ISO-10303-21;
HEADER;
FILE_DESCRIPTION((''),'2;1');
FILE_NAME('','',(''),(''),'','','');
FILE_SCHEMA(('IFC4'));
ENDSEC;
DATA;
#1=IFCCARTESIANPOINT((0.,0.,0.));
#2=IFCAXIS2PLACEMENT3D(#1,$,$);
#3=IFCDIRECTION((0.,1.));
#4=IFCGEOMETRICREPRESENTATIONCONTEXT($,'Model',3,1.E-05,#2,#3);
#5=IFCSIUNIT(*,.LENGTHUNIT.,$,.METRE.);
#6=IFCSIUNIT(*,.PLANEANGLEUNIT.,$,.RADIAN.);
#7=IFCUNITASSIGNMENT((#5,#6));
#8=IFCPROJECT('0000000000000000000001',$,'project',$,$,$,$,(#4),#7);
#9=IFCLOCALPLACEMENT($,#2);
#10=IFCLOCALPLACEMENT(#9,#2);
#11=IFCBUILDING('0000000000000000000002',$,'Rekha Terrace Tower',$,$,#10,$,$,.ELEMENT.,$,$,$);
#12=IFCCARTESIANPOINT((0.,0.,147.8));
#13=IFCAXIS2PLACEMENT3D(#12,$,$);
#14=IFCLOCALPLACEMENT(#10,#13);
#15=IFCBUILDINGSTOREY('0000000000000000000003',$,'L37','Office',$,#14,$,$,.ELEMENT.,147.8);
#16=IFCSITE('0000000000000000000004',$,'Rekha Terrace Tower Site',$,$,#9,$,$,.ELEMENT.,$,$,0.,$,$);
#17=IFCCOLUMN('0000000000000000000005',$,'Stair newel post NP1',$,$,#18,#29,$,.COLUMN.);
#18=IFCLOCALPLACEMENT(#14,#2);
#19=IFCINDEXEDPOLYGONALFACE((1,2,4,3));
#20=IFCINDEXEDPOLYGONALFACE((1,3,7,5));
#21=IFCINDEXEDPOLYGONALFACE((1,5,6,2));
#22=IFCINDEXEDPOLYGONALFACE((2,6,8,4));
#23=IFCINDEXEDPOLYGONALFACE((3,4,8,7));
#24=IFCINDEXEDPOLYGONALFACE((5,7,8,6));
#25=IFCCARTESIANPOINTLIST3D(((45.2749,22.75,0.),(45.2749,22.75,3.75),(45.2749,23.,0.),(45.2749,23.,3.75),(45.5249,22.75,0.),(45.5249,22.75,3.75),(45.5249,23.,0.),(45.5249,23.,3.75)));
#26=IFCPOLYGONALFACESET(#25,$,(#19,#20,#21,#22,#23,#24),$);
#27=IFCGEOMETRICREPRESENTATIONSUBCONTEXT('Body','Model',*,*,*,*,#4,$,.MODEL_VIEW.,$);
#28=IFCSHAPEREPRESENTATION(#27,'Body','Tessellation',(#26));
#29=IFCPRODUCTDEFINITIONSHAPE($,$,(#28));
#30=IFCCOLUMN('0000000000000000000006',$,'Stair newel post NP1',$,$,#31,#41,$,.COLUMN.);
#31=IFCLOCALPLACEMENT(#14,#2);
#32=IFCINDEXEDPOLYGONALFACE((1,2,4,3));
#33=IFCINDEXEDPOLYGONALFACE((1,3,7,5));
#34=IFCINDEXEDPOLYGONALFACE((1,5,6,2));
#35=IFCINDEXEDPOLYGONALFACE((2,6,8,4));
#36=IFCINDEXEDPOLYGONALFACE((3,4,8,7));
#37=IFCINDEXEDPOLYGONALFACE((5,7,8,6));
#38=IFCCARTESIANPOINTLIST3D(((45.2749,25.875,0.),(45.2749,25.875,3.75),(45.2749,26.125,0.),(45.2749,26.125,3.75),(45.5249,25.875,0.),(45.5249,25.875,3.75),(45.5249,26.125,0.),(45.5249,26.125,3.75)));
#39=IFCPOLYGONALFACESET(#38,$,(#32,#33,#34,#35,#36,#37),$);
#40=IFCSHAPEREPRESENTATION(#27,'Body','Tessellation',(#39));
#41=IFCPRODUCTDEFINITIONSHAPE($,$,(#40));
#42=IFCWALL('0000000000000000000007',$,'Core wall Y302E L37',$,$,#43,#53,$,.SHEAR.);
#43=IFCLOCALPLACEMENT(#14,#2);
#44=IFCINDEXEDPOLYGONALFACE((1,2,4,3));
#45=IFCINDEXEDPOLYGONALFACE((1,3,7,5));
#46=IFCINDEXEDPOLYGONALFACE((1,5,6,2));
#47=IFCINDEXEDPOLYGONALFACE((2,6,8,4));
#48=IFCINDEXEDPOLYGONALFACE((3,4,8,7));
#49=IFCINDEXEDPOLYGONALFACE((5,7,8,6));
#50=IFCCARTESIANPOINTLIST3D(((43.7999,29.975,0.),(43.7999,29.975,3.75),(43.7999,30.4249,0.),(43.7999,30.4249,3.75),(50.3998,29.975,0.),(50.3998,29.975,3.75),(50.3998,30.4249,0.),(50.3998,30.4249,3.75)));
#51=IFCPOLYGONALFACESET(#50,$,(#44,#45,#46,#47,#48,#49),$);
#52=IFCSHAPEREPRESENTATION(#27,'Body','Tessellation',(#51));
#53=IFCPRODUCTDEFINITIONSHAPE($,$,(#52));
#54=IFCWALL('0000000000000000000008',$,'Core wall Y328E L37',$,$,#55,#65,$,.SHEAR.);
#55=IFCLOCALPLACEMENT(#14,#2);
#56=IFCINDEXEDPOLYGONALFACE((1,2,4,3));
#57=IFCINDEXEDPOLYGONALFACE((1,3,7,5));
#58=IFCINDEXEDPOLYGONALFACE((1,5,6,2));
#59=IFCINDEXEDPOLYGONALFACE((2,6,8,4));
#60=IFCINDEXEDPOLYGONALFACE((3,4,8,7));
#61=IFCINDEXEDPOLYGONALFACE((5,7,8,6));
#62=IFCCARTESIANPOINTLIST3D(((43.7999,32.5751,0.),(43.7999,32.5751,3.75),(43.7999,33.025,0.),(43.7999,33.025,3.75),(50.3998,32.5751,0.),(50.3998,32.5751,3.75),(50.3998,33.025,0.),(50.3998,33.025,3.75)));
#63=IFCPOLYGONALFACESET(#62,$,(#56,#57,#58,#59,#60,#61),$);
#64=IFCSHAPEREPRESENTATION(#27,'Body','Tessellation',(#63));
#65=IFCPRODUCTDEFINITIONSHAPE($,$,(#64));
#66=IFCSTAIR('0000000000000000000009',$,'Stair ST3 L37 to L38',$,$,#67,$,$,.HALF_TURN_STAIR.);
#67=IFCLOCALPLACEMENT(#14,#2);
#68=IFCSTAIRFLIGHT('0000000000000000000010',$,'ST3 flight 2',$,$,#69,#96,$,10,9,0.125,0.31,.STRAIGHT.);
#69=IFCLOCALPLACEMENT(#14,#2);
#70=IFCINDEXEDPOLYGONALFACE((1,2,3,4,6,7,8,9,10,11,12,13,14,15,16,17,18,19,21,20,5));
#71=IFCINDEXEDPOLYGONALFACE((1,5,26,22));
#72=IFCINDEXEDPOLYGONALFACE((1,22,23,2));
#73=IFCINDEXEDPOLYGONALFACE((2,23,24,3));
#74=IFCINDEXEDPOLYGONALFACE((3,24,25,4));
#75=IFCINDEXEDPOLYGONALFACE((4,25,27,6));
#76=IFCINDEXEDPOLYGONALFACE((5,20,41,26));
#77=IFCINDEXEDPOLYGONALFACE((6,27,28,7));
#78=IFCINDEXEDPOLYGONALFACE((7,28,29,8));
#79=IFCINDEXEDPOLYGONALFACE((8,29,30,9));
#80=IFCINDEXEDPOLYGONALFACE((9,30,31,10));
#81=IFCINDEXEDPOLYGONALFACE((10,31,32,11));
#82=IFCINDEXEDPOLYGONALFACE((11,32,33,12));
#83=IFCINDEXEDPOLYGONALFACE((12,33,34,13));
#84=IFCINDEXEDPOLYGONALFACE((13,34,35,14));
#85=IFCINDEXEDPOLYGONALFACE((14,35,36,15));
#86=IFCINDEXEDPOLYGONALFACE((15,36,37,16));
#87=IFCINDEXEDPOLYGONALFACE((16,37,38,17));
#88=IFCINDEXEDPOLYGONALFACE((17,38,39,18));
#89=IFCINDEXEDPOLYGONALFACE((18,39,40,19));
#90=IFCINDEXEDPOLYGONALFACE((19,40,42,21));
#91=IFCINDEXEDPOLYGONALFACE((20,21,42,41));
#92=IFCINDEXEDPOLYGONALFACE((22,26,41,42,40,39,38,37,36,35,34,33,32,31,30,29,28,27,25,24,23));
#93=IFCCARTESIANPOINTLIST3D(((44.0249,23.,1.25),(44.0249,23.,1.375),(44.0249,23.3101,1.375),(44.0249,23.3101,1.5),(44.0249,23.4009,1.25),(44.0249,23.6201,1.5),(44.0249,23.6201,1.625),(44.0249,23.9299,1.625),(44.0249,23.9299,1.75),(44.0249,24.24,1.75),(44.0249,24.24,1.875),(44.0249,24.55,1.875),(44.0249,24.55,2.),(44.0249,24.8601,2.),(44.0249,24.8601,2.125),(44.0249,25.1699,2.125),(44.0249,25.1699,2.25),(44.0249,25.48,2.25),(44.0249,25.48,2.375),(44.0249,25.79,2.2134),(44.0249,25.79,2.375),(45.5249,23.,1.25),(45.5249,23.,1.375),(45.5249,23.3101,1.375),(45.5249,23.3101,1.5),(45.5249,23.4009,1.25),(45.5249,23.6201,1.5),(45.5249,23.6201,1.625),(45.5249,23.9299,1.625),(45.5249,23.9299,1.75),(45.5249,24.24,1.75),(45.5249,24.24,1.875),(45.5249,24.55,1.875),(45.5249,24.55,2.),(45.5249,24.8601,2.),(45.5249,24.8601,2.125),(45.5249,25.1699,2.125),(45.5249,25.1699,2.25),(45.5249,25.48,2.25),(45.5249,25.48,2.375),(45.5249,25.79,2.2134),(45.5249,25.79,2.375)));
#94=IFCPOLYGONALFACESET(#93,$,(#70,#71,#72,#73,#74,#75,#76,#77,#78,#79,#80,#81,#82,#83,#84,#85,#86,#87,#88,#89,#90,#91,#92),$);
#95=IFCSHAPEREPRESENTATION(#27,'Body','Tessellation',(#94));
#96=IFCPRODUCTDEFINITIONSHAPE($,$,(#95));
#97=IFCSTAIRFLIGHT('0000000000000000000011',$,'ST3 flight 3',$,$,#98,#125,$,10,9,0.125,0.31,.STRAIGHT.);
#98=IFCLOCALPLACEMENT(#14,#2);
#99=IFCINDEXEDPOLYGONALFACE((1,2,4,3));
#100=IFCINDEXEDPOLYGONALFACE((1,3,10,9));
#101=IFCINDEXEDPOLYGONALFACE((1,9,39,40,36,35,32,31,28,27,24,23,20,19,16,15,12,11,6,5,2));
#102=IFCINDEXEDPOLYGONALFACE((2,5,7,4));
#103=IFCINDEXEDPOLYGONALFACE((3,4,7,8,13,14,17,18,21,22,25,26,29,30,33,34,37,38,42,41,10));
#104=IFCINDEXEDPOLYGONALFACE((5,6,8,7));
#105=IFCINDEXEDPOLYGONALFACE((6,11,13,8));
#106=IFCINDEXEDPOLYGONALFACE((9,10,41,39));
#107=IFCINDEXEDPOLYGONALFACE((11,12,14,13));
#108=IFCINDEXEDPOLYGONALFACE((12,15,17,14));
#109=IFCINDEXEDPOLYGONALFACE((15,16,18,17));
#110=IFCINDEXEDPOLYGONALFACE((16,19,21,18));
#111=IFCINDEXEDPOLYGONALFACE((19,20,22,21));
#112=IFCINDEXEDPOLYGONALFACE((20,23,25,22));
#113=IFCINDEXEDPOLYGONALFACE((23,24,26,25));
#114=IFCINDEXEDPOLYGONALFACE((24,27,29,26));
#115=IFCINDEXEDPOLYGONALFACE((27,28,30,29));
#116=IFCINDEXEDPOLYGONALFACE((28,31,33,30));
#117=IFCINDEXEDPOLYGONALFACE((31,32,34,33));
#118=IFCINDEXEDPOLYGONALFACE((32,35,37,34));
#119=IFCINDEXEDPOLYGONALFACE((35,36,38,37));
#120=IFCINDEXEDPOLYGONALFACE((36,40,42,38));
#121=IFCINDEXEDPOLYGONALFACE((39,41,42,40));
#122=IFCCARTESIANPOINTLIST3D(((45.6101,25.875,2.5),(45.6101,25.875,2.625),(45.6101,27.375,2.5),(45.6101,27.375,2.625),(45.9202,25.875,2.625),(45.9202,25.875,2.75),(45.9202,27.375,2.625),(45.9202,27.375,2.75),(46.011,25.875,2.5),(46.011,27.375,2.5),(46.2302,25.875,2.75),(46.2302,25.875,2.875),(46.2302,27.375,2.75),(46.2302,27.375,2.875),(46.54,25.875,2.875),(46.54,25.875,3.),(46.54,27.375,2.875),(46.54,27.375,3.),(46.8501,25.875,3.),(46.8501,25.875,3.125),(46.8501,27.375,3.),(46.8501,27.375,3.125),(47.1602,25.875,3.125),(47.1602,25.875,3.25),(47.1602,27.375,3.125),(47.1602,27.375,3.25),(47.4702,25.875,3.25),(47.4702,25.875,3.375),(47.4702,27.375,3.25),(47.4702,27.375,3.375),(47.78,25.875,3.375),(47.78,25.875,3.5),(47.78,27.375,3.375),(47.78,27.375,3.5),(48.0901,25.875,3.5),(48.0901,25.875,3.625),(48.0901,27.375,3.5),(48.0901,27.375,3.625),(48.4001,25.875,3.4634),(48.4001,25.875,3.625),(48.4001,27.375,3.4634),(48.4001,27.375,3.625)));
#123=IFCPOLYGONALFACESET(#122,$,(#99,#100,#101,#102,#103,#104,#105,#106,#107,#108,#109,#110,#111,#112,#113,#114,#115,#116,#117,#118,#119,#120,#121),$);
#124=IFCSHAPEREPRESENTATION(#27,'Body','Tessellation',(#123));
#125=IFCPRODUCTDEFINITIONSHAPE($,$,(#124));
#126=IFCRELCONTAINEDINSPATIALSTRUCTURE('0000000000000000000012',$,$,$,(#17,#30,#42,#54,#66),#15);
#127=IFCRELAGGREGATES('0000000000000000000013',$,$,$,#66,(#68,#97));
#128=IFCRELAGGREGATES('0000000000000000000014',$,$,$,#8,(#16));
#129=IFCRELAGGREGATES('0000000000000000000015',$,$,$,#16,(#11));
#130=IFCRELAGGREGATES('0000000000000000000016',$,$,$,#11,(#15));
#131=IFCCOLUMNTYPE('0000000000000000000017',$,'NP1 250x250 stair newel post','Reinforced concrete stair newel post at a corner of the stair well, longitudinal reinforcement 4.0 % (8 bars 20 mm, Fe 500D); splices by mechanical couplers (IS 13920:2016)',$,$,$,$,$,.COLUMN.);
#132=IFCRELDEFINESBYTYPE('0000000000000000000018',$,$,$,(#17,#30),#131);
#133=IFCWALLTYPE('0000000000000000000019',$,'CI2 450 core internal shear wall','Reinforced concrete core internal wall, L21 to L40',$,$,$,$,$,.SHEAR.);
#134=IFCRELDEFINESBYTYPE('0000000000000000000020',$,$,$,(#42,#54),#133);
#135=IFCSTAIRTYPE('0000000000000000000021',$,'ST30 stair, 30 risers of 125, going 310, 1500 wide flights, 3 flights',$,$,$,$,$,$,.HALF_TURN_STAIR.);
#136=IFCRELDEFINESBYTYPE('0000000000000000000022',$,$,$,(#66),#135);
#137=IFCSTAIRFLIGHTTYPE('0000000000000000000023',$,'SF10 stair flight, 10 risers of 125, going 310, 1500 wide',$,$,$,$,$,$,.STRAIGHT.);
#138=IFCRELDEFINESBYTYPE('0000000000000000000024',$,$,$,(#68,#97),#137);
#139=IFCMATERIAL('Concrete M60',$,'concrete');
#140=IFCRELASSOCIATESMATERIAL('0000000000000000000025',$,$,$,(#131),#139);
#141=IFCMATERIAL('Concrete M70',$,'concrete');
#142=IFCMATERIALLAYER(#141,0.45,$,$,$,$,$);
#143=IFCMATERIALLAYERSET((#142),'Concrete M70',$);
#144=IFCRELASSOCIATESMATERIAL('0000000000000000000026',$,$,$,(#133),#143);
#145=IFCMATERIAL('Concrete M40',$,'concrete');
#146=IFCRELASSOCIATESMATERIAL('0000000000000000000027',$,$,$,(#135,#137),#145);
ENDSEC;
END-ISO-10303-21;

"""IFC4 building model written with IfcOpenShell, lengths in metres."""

from ifc_helpers import new_model, si_unit, direction, frame, frame_2d, origin, origin_2d, place, context, subcontext, project, spatial, polyline, rectangle, outline, extrude, material, layer, layer_set, material_profile, profile_set, type_object, element, aggregate, save


model = new_model("IFC4")

# Units and contexts
model_context = context("Model", 3, precision=1e-05, world=origin(), true_north=direction((0.0, 1.0)))
body_context = subcontext(model_context, "Body", "Model", "MODEL_VIEW")
ifc_project = project(units=[si_unit("LENGTHUNIT", "METRE"), si_unit("PLANEANGLEUNIT", "RADIAN")], contexts=[model_context])

# Site, building, storey
site_placement = place(None, origin())
site = spatial("IfcSite", under=ifc_project, at=site_placement, Name="Rekha Terrace Tower Site", CompositionType="ELEMENT", RefElevation=0.0)
building_placement = place(site_placement, origin())
building = spatial("IfcBuilding", under=site, at=building_placement, Name="Rekha Terrace Tower", CompositionType="ELEMENT")
storey_placement = place(building_placement, frame((0.0, 0.0, 147.8)))
storey = spatial("IfcBuildingStorey", under=building, at=storey_placement, Name="L37", Description="Office", CompositionType="ELEMENT", Elevation=147.8)

# Columns
ifc_material_1 = material(Name="Concrete M60", Category="concrete")
ifc_material_profile = material_profile(ifc_material_1, rectangle(XDim=0.25, YDim=0.25, at=origin_2d()), Name="RC 250x250")
ifc_profile_set = profile_set([ifc_material_profile], Name="Concrete M60")
column_type = type_object("IfcColumnType", Name="NP1 250x250 stair newel post", Description="Reinforced concrete stair newel post at a corner of the stair well, longitudinal reinforcement 4.0 % (8 bars 20 mm, Fe 500D); splices by mechanical couplers (IS 13920:2016)", PredefinedType="COLUMN", material=ifc_profile_set)
for number, where, z_axis, x_axis, name in (
    (1, (45.3999, 22.875, 0.0), (0.0, 0.0, 1.0), (1.0, 0.0, 0.0), "Stair newel post NP1"),
    (2, (45.3999, 26.0, 0.0), (0.0, 0.0, 1.0), (1.0, 0.0, 0.0), "Stair newel post NP1"),
):
    element("IfcColumn", number, at=place(storey_placement, frame(where, z_axis=z_axis, x_axis=x_axis)), inside=storey, type_object=column_type, Name=name, PredefinedType="COLUMN", context=body_context, shape_type="SweptSolid", body=[
        extrude(rectangle(XDim=0.25, YDim=0.25, at=origin_2d()), origin(), (0.0, 0.0, 1.0), 3.75),
    ])

# Walls
ifc_material_2 = material(Name="Concrete M70", Category="concrete")
ifc_layer = layer(ifc_material_2, 0.45)
ifc_layer_set = layer_set([ifc_layer], Name="Concrete M70")
wall_type = type_object("IfcWallType", Name="CI2 450 core internal shear wall", Description="Reinforced concrete core internal wall, L21 to L40", PredefinedType="SHEAR", material=ifc_layer_set)
for number, where, z_axis, x_axis, name in (
    (3, (43.8, 30.2, 0.0), (0.0, 0.0, 1.0), (1.0, 0.0, 0.0), "Core wall Y302E L37"),
    (4, (43.8, 32.8, 0.0), (0.0, 0.0, 1.0), (1.0, 0.0, 0.0), "Core wall Y328E L37"),
):
    element("IfcWall", number, at=place(storey_placement, frame(where, z_axis=z_axis, x_axis=x_axis)), inside=storey, type_object=wall_type, Name=name, PredefinedType="SHEAR", context=body_context, shape_type="SweptSolid", body=[
        extrude(rectangle(XDim=6.5999, YDim=0.45, at=frame_2d((3.2998, 0.0))), origin(), (0.0, 0.0, 1.0), 3.75),
    ])

# Stair, stair flights
ifc_material_3 = material(Name="Concrete M40", Category="concrete")
stair_type = type_object("IfcStairType", Name="ST30 stair, 30 risers of 125, going 310, 1500 wide flights, 3 flights", PredefinedType="HALF_TURN_STAIR", material=ifc_material_3)
stair_placement = place(storey_placement, origin())
stair = element("IfcStair", 5, at=stair_placement, inside=storey, type_object=stair_type, Name="Stair ST3 L37 to L38", PredefinedType="HALF_TURN_STAIR")
stair_flight_type = type_object("IfcStairFlightType", Name="SF10 stair flight, 10 risers of 125, going 310, 1500 wide", PredefinedType="STRAIGHT", material=ifc_material_3)
stair_flight_1_placement = place(storey_placement, frame((44.7749, 23.0, 1.25), z_axis=(0.0, 0.0, 1.0), x_axis=(0.0, 1.0, 0.0)))
stair_flight_1 = element("IfcStairFlight", 6, at=stair_flight_1_placement, type_object=stair_flight_type, Name="ST3 flight 2", NumberOfRisers=10, NumberOfTreads=9, PredefinedType="STRAIGHT", RiserHeight=0.125, TreadLength=0.31, context=body_context, shape_type="SweptSolid", body=[
    extrude(outline(polyline([(0.0, 0.0), (0.0, 0.125), (0.3101, 0.125), (0.3101, 0.25), (0.6201, 0.25), (0.6201, 0.375), (0.9299, 0.375), (0.9299, 0.5), (1.24, 0.5), (1.24, 0.625), (1.55, 0.625), (1.55, 0.75), (1.8601, 0.75), (1.8601, 0.875), (2.1699, 0.875), (2.1699, 1.0), (2.48, 1.0), (2.48, 1.125), (2.79, 1.125), (2.79, 1.25), (2.79, 0.9634), (0.4009, 0.0), (0.0, 0.0)])), frame((0.0, 0.75, 0.0), z_axis=(0.0, -1.0, 0.0), x_axis=(1.0, 0.0, 0.0)), (0.0, 0.0, 1.0), 1.5),
])
stair_flight_2_placement = place(storey_placement, frame((45.6101, 26.625, 2.5), z_axis=(0.0, 0.0, 1.0), x_axis=(1.0, 0.0, 0.0)))
stair_flight_2 = element("IfcStairFlight", 7, at=stair_flight_2_placement, type_object=stair_flight_type, Name="ST3 flight 3", NumberOfRisers=10, NumberOfTreads=9, PredefinedType="STRAIGHT", RiserHeight=0.125, TreadLength=0.31, context=body_context, shape_type="SweptSolid", body=[
    extrude(outline(polyline([(0.0, 0.0), (0.0, 0.125), (0.3101, 0.125), (0.3101, 0.25), (0.6201, 0.25), (0.6201, 0.375), (0.9299, 0.375), (0.9299, 0.5), (1.24, 0.5), (1.24, 0.625), (1.55, 0.625), (1.55, 0.75), (1.8601, 0.75), (1.8601, 0.875), (2.1699, 0.875), (2.1699, 1.0), (2.48, 1.0), (2.48, 1.125), (2.79, 1.125), (2.79, 1.25), (2.79, 0.9634), (0.4009, 0.0), (0.0, 0.0)])), frame((0.0, 0.75, 0.0), z_axis=(0.0, -1.0, 0.0), x_axis=(1.0, 0.0, 0.0)), (0.0, 0.0, 1.0), 1.5),
])
aggregate(stair, [stair_flight_1, stair_flight_2])

save(model, "model.ifc")
